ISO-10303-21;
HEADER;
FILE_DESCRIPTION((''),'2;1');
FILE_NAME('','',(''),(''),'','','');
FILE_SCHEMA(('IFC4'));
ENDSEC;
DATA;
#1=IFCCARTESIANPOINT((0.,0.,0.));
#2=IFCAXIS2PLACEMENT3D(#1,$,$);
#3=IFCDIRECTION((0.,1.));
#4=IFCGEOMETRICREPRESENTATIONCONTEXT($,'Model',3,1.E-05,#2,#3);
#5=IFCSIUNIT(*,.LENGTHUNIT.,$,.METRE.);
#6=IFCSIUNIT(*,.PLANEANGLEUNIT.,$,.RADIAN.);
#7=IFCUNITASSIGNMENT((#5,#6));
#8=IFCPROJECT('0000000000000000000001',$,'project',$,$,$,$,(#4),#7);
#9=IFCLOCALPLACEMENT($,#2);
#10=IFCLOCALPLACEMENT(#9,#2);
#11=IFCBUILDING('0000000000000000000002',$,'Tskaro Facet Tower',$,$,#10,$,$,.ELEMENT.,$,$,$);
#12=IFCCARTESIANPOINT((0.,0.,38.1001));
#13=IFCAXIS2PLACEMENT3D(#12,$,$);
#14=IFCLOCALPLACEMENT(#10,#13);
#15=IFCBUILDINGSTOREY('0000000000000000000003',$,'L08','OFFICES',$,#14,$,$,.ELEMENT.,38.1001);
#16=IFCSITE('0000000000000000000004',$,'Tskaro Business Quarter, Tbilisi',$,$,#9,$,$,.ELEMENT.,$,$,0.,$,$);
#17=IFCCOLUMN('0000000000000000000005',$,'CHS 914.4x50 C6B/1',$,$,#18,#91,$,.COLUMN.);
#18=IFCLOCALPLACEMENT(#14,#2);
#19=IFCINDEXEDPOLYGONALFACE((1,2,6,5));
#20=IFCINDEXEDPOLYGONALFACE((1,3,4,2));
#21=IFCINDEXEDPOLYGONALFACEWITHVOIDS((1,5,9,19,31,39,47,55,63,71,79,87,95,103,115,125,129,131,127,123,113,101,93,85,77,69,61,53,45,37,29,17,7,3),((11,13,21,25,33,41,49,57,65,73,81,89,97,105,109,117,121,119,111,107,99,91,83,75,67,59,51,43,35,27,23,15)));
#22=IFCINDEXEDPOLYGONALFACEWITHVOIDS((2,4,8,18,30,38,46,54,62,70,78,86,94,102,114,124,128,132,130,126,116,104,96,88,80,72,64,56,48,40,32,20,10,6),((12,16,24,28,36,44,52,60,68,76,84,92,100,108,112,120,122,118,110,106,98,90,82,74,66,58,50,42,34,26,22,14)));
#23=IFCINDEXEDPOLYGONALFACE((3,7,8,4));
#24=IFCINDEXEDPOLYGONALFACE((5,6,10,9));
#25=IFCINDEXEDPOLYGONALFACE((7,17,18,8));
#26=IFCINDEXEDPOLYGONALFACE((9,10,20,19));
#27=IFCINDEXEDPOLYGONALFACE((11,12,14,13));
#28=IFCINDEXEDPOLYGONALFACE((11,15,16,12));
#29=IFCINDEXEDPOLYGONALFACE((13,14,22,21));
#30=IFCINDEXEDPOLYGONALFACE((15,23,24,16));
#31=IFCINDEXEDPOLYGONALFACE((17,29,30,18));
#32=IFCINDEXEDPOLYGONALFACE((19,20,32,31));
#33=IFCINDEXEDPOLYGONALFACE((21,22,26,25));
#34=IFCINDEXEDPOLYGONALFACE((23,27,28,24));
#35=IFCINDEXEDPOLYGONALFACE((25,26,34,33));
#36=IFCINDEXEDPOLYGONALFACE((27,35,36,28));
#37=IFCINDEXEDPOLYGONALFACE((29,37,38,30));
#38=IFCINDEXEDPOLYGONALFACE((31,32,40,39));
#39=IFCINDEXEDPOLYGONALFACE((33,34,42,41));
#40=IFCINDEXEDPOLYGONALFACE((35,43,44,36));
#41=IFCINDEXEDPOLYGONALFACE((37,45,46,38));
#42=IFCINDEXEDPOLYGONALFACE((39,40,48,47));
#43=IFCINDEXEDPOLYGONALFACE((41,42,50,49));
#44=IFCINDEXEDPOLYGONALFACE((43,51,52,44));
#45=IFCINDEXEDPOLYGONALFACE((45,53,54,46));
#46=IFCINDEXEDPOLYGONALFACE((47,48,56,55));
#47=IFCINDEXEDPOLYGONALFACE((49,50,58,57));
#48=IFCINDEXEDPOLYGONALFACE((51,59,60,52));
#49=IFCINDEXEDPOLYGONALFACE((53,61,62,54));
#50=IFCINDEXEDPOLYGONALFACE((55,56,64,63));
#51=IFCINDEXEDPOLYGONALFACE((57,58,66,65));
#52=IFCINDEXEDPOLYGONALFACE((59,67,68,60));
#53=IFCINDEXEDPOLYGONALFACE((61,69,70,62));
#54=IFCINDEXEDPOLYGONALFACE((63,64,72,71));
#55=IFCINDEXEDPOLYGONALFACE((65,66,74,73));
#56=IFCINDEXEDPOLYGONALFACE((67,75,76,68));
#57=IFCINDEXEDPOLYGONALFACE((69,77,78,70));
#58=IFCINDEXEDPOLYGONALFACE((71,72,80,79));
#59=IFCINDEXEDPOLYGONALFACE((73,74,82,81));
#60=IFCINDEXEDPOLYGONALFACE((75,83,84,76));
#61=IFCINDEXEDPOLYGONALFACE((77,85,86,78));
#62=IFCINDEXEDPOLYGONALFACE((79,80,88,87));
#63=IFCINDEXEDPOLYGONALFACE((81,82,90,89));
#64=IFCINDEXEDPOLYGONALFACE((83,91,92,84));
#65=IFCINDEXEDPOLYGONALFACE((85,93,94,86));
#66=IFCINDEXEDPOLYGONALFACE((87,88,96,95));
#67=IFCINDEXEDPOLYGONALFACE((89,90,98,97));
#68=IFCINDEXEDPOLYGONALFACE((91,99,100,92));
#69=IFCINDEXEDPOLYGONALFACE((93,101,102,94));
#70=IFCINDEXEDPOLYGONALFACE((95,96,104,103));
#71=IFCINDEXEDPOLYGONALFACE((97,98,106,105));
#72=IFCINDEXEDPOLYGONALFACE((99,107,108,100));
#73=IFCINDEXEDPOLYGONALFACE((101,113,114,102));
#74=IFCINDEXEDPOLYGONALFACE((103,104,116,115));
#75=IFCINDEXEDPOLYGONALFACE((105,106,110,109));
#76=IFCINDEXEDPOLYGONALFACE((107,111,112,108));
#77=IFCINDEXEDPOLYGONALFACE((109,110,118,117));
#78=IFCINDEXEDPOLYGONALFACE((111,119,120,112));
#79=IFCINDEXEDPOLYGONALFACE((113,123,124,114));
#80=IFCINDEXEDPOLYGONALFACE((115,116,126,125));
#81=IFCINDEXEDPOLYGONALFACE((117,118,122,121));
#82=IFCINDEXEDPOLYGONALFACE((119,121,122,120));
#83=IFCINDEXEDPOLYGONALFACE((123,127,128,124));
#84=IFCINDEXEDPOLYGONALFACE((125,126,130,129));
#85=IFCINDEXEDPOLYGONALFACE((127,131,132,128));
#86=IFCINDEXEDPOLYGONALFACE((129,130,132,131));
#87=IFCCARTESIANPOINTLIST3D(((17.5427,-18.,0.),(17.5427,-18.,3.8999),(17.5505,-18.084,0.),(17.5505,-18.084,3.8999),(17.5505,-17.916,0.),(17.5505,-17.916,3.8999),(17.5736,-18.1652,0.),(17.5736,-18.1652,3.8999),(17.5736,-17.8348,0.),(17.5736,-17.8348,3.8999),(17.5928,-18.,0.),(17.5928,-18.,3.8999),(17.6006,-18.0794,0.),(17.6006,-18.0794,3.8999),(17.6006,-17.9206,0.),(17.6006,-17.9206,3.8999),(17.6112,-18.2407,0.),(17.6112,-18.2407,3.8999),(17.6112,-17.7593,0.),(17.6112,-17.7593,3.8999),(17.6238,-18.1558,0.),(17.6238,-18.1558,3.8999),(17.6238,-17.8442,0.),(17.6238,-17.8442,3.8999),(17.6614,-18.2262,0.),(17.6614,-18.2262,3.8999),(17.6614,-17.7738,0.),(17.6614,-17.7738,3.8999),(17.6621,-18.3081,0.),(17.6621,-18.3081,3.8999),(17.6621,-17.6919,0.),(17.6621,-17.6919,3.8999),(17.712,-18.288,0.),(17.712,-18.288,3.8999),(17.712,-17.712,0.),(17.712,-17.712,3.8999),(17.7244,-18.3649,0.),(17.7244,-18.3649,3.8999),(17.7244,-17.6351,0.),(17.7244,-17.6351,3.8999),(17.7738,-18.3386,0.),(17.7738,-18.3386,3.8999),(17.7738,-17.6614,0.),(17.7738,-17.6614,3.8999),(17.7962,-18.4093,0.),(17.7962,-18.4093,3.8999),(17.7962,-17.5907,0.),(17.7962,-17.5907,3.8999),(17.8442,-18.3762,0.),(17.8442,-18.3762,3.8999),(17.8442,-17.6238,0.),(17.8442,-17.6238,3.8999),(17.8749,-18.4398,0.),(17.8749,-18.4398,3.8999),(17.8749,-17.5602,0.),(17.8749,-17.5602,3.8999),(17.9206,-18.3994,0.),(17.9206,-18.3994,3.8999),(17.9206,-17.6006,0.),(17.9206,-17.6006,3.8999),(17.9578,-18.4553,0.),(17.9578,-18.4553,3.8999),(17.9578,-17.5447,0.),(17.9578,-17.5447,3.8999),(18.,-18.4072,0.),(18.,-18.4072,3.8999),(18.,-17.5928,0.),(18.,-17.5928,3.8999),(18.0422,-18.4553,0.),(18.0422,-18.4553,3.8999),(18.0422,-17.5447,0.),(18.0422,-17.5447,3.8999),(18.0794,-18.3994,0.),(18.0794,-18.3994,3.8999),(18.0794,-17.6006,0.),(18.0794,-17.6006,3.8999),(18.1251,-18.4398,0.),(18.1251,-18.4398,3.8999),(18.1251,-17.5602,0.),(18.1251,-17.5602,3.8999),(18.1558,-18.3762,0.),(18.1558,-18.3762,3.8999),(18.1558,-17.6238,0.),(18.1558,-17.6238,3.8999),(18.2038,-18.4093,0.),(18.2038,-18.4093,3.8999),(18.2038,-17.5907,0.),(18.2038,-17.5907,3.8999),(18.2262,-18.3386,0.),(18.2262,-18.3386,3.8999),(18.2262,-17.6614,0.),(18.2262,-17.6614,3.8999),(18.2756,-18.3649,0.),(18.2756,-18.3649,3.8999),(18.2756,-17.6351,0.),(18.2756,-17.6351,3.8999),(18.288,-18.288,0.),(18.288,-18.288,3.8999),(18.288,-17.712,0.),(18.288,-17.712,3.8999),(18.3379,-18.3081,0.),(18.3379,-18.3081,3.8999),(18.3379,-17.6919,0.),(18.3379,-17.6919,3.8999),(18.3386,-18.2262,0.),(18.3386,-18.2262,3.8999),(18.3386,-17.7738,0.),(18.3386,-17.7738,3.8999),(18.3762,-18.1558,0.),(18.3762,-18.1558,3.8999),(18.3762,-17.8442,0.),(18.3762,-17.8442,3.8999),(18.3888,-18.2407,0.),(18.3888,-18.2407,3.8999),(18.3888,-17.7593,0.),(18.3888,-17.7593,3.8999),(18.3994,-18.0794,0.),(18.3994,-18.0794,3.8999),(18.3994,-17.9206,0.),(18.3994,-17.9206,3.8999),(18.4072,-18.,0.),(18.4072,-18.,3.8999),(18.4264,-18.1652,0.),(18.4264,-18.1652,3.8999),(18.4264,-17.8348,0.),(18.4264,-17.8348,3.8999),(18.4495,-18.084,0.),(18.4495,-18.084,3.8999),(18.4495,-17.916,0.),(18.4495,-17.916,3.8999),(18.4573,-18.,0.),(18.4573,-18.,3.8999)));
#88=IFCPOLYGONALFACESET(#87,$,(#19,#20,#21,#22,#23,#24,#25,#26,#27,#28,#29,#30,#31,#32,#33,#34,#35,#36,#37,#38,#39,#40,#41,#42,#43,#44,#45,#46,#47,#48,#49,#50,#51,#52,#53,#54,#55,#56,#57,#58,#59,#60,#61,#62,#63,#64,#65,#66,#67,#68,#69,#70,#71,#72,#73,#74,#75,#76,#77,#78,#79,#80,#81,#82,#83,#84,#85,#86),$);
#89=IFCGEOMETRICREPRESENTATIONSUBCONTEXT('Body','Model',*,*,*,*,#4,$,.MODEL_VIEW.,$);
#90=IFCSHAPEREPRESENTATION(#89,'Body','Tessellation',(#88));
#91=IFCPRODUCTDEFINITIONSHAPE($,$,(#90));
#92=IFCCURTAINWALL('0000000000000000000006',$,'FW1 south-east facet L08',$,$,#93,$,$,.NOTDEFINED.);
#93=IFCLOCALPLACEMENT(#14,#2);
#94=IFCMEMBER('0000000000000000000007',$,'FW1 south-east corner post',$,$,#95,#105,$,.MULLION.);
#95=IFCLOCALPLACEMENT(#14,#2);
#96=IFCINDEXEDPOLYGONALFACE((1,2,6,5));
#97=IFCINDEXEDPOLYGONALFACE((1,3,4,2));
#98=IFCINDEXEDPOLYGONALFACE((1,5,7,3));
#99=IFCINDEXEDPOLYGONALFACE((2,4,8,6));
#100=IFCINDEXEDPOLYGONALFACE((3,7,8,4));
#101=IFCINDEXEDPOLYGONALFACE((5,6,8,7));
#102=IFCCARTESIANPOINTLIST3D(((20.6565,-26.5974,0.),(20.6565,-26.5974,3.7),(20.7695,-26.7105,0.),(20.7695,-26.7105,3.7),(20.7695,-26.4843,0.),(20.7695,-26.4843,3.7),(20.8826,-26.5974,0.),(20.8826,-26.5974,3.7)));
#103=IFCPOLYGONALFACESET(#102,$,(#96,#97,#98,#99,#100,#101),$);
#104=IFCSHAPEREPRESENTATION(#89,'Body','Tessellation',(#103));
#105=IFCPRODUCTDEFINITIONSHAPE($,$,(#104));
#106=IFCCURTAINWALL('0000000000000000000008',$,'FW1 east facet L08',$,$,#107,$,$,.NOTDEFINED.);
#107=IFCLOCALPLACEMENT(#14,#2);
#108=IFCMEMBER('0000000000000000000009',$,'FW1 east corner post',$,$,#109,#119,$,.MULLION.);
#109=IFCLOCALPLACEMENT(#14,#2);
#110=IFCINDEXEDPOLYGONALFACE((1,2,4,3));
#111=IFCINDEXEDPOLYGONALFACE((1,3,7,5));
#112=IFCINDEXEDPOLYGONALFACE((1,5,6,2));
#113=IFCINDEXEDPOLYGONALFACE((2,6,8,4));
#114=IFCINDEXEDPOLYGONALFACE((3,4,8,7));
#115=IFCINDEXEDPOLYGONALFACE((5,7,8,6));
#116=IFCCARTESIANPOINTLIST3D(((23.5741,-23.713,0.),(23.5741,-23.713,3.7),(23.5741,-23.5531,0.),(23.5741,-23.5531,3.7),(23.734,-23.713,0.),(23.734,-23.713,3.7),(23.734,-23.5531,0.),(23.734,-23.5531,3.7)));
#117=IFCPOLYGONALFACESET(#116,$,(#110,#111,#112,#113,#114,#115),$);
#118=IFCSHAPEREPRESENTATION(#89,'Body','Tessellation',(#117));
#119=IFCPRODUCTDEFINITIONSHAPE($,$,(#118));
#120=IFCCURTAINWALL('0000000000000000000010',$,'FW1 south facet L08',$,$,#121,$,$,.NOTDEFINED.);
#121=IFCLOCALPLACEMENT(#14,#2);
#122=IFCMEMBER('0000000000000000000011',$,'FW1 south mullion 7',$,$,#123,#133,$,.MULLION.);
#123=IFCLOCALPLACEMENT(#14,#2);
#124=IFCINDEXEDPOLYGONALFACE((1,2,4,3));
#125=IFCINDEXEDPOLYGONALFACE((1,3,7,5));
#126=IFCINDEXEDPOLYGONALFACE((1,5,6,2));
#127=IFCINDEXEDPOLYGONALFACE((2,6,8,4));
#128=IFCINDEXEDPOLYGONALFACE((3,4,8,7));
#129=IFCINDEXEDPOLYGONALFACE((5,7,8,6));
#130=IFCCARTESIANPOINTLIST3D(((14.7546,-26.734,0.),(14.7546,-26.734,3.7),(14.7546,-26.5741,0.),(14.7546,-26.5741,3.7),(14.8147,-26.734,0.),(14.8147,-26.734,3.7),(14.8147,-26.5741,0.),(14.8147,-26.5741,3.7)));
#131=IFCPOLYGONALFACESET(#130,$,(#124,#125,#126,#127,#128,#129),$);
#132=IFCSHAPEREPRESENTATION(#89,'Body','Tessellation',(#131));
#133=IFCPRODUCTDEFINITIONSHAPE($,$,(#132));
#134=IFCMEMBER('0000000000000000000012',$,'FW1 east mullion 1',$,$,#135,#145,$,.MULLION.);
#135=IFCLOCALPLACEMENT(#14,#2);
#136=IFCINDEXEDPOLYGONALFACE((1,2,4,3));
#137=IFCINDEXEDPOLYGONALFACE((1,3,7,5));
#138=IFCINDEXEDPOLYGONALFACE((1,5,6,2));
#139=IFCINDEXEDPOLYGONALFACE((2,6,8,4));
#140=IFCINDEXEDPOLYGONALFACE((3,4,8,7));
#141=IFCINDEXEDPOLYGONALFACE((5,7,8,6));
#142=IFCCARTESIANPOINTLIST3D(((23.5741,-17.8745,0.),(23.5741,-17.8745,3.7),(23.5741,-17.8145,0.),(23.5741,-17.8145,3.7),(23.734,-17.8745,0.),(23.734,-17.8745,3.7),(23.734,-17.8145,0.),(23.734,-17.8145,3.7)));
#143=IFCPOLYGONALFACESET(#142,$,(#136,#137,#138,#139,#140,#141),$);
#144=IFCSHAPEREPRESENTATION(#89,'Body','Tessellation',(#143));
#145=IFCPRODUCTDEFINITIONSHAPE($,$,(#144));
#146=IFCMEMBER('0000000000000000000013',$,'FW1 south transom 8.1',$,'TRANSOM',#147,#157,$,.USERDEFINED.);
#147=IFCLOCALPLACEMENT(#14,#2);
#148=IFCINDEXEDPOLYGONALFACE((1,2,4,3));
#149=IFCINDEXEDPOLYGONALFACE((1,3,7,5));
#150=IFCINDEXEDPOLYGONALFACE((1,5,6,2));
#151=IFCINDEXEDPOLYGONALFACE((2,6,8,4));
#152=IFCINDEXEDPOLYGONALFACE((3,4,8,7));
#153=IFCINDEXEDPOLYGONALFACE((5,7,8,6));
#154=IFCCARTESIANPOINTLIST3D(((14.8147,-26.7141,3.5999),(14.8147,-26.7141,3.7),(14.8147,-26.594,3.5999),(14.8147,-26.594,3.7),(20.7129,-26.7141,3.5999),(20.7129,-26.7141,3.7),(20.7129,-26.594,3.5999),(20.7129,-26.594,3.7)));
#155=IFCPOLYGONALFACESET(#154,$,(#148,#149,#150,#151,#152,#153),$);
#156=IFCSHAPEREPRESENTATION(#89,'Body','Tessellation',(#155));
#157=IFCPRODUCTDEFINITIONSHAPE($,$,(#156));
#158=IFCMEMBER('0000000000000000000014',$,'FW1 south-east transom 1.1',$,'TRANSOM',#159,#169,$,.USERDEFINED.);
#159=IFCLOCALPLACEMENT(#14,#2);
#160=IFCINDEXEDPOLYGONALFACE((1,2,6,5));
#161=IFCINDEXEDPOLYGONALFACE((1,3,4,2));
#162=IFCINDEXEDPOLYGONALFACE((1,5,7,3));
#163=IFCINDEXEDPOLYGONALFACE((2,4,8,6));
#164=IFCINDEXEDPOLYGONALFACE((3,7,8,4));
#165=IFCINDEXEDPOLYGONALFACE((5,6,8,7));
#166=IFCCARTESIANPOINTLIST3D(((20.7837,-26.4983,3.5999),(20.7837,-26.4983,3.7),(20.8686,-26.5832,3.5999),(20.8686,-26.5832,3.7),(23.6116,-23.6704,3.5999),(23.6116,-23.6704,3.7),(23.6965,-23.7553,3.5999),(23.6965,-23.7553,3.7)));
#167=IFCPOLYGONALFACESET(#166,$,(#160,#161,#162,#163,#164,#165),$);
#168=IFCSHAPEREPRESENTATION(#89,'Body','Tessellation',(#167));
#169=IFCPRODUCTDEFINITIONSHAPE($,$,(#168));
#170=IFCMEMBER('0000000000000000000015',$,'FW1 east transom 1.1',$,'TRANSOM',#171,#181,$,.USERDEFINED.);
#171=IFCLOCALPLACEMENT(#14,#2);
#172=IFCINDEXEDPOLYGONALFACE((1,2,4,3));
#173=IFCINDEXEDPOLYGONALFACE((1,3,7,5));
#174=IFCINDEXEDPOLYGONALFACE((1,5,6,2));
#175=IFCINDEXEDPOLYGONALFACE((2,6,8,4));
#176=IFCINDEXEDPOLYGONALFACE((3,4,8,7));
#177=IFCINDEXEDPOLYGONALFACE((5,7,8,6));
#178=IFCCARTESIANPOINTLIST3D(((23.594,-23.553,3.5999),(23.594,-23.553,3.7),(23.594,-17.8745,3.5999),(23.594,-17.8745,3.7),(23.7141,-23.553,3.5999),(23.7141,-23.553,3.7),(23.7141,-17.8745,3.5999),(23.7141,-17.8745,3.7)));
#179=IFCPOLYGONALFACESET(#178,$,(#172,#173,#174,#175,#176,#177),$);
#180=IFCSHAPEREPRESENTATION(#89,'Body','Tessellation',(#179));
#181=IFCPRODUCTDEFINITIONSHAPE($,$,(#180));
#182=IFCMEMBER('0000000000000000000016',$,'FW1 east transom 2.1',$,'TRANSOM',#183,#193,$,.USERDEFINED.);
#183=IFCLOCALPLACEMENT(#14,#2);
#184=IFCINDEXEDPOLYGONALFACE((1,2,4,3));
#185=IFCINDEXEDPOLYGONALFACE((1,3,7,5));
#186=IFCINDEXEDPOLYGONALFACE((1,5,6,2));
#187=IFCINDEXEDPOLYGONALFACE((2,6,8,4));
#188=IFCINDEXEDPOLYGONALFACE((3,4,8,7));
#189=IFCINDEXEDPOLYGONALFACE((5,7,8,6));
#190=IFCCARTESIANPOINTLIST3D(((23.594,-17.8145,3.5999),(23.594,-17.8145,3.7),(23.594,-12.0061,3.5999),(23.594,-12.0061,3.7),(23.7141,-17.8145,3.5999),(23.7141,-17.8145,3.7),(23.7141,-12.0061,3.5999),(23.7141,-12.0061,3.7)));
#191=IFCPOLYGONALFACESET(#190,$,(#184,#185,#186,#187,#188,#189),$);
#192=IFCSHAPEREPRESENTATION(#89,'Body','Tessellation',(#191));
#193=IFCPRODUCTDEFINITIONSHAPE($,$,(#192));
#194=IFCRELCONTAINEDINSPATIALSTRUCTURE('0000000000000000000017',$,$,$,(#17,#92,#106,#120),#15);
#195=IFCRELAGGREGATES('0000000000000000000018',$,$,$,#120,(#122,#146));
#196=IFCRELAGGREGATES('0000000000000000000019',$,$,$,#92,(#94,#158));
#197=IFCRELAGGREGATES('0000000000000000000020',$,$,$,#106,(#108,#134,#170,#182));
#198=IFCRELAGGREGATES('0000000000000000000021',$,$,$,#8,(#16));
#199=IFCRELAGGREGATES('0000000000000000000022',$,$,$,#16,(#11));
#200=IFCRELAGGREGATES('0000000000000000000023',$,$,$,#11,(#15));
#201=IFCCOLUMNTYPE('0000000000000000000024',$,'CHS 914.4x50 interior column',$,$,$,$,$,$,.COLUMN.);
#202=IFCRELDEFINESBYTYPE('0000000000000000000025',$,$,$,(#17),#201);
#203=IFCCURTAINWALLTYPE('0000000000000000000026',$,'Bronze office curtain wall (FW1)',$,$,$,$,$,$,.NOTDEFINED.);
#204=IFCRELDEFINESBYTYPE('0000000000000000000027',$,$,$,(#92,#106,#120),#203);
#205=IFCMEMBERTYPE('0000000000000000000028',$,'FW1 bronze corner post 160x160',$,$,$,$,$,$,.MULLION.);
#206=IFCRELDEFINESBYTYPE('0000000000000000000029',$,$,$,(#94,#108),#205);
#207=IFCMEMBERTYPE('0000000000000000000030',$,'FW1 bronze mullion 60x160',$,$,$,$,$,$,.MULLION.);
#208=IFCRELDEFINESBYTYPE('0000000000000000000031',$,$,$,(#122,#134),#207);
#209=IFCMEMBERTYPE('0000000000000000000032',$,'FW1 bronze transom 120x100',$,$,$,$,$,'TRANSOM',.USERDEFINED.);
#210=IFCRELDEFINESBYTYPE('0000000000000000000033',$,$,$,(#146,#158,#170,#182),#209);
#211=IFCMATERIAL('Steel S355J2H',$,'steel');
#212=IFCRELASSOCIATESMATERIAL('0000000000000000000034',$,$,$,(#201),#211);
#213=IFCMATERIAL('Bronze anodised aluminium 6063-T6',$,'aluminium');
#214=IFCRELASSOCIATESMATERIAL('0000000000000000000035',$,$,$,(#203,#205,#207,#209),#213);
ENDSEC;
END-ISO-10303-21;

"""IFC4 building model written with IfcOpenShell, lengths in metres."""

from ifc_helpers import new_model, si_unit, direction, frame, origin, origin_2d, place, context, subcontext, project, spatial, rectangle, hollow_circle, extrude, material, material_profile, profile_set, type_object, element, aggregate, save


model = new_model("IFC4")

# Units and contexts
model_context = context("Model", 3, precision=1e-05, world=origin(), true_north=direction((0.0, 1.0)))
body_context = subcontext(model_context, "Body", "Model", "MODEL_VIEW")
ifc_project = project(units=[si_unit("LENGTHUNIT", "METRE"), si_unit("PLANEANGLEUNIT", "RADIAN")], contexts=[model_context])

# Site, building, storey
site_placement = place(None, origin())
site = spatial("IfcSite", under=ifc_project, at=site_placement, Name="Tskaro Business Quarter, Tbilisi", CompositionType="ELEMENT", RefElevation=0.0)
building_placement = place(site_placement, origin())
building = spatial("IfcBuilding", under=site, at=building_placement, Name="Tskaro Facet Tower", CompositionType="ELEMENT")
storey_placement = place(building_placement, frame((0.0, 0.0, 38.1001)))
storey = spatial("IfcBuildingStorey", under=building, at=storey_placement, Name="L08", Description="OFFICES", CompositionType="ELEMENT", Elevation=38.1001)

# Column
ifc_material_1 = material(Name="Steel S355J2H", Category="steel")
ifc_material_profile_1 = material_profile(ifc_material_1, hollow_circle(Radius=0.4573, WallThickness=0.05, at=origin_2d()), Name="CHS 914.4x50")
ifc_profile_set_1 = profile_set([ifc_material_profile_1], Name="Steel S355J2H")
column_type_1 = type_object("IfcColumnType", Name="CHS 914.4x50 interior column", PredefinedType="COLUMN", material=ifc_profile_set_1)
column_placement = place(storey_placement, frame((18.0, -18.0, 0.0), z_axis=(0.0, 0.0, 1.0), x_axis=(1.0, 0.0, 0.0)))
element("IfcColumn", 1, at=column_placement, inside=storey, type_object=column_type_1, Name="CHS 914.4x50 C6B/1", PredefinedType="COLUMN", context=body_context, shape_type="SweptSolid", body=[
    extrude(hollow_circle(Radius=0.4573, WallThickness=0.05, at=origin_2d()), origin(), (0.0, 0.0, 1.0), 3.8999),
])

# Curtain walls, members
ifc_material_2 = material(Name="Bronze anodised aluminium 6063-T6", Category="aluminium")
curtain_wall_type = type_object("IfcCurtainWallType", Name="Bronze office curtain wall (FW1)", PredefinedType="NOTDEFINED", material=ifc_material_2)
curtain_wall_1_placement = place(storey_placement, origin())
curtain_wall_1 = element("IfcCurtainWall", 2, at=curtain_wall_1_placement, inside=storey, type_object=curtain_wall_type, Name="FW1 south-east facet L08", PredefinedType="NOTDEFINED")
ifc_material_profile_2 = material_profile(ifc_material_2, rectangle(XDim=0.1599, YDim=0.1599, at=origin_2d()), Name="Corner post 160x160")
ifc_profile_set_2 = profile_set([ifc_material_profile_2], Name="Bronze anodised aluminium 6063-T6")
member_type_1 = type_object("IfcMemberType", Name="FW1 bronze corner post 160x160", PredefinedType="MULLION", material=ifc_profile_set_2)
member_1_placement = place(storey_placement, frame((20.7695, -26.5974, 0.0), z_axis=(0.0, 0.0, 1.0), x_axis=(0.707107, 0.707107, 0.0)))
member_1 = element("IfcMember", 3, at=member_1_placement, type_object=member_type_1, Name="FW1 south-east corner post", PredefinedType="MULLION", context=body_context, shape_type="SweptSolid", body=[
    extrude(rectangle(XDim=0.1599, YDim=0.1599, at=origin_2d()), origin(), (0.0, 0.0, 1.0), 3.7),
])
curtain_wall_2_placement = place(storey_placement, origin())
curtain_wall_2 = element("IfcCurtainWall", 4, at=curtain_wall_2_placement, inside=storey, type_object=curtain_wall_type, Name="FW1 east facet L08", PredefinedType="NOTDEFINED")
member_2_placement = place(storey_placement, frame((23.6541, -23.6331, 0.0), z_axis=(0.0, 0.0, 1.0), x_axis=(0.0, 1.0, 0.0)))
member_2 = element("IfcMember", 5, at=member_2_placement, type_object=member_type_1, Name="FW1 east corner post", PredefinedType="MULLION", context=body_context, shape_type="SweptSolid", body=[
    extrude(rectangle(XDim=0.1599, YDim=0.1599, at=origin_2d()), origin(), (0.0, 0.0, 1.0), 3.7),
])
curtain_wall_3_placement = place(storey_placement, origin())
curtain_wall_3 = element("IfcCurtainWall", 6, at=curtain_wall_3_placement, inside=storey, type_object=curtain_wall_type, Name="FW1 south facet L08", PredefinedType="NOTDEFINED")
ifc_material_profile_3 = material_profile(ifc_material_2, rectangle(XDim=0.0601, YDim=0.1599, at=origin_2d()), Name="Mullion 60x160")
ifc_profile_set_3 = profile_set([ifc_material_profile_3], Name="Bronze anodised aluminium 6063-T6")
member_type_2 = type_object("IfcMemberType", Name="FW1 bronze mullion 60x160", PredefinedType="MULLION", material=ifc_profile_set_3)
member_3_placement = place(storey_placement, frame((14.7847, -26.6541, 0.0), z_axis=(0.0, 0.0, 1.0), x_axis=(1.0, 0.0, 0.0)))
member_3 = element("IfcMember", 7, at=member_3_placement, type_object=member_type_2, Name="FW1 south mullion 7", PredefinedType="MULLION", context=body_context, shape_type="SweptSolid", body=[
    extrude(rectangle(XDim=0.0601, YDim=0.1599, at=origin_2d()), origin(), (0.0, 0.0, 1.0), 3.7),
])

# Members
member_4_placement = place(storey_placement, frame((23.6541, -17.8445, 0.0), z_axis=(0.0, 0.0, 1.0), x_axis=(0.0, 1.0, 0.0)))
member_4 = element("IfcMember", 8, at=member_4_placement, type_object=member_type_2, Name="FW1 east mullion 1", PredefinedType="MULLION", context=body_context, shape_type="SweptSolid", body=[
    extrude(rectangle(XDim=0.0601, YDim=0.1599, at=origin_2d()), origin(), (0.0, 0.0, 1.0), 3.7),
])
ifc_material_profile_4 = material_profile(ifc_material_2, rectangle(XDim=0.1201, YDim=0.1001, at=origin_2d()), Name="Transom 120x100")
ifc_profile_set_4 = profile_set([ifc_material_profile_4], Name="Bronze anodised aluminium 6063-T6")
member_type_3 = type_object("IfcMemberType", Name="FW1 bronze transom 120x100", ElementType="TRANSOM", PredefinedType="USERDEFINED", material=ifc_profile_set_4)
member_5_placement = place(storey_placement, frame((14.8147, -26.6541, 3.6499), z_axis=(1.0, 0.0, 0.0), x_axis=(0.0, 1.0, 0.0)))
member_5 = element("IfcMember", 9, at=member_5_placement, type_object=member_type_3, Name="FW1 south transom 8.1", ObjectType="TRANSOM", PredefinedType="USERDEFINED", context=body_context, shape_type="SweptSolid", body=[
    extrude(rectangle(XDim=0.1201, YDim=0.1001, at=origin_2d()), origin(), (0.0, 0.0, 1.0), 5.8982),
])
member_6_placement = place(storey_placement, frame((20.8262, -26.5408, 3.6499), z_axis=(0.707107, 0.707107, 0.0), x_axis=(-0.707107, 0.707107, 0.0)))
member_6 = element("IfcMember", 10, at=member_6_placement, type_object=member_type_3, Name="FW1 south-east transom 1.1", ObjectType="TRANSOM", PredefinedType="USERDEFINED", context=body_context, shape_type="SweptSolid", body=[
    extrude(rectangle(XDim=0.1201, YDim=0.1001, at=origin_2d()), origin(), (0.0, 0.0, 1.0), 3.9993),
])
member_7_placement = place(storey_placement, frame((23.6541, -23.553, 3.6499), z_axis=(0.0, 1.0, 0.0), x_axis=(-1.0, 0.0, 0.0)))
member_7 = element("IfcMember", 11, at=member_7_placement, type_object=member_type_3, Name="FW1 east transom 1.1", ObjectType="TRANSOM", PredefinedType="USERDEFINED", context=body_context, shape_type="SweptSolid", body=[
    extrude(rectangle(XDim=0.1201, YDim=0.1001, at=origin_2d()), origin(), (0.0, 0.0, 1.0), 5.6785),
])
member_8_placement = place(storey_placement, frame((23.6541, -17.8145, 3.6499), z_axis=(0.0, 1.0, 0.0), x_axis=(-1.0, 0.0, 0.0)))
member_8 = element("IfcMember", 12, at=member_8_placement, type_object=member_type_3, Name="FW1 east transom 2.1", ObjectType="TRANSOM", PredefinedType="USERDEFINED", context=body_context, shape_type="SweptSolid", body=[
    extrude(rectangle(XDim=0.1201, YDim=0.1001, at=origin_2d()), origin(), (0.0, 0.0, 1.0), 5.8083),
])

aggregate(curtain_wall_3, [member_3, member_5])
aggregate(curtain_wall_1, [member_1, member_6])
aggregate(curtain_wall_2, [member_2, member_4, member_7, member_8])

save(model, "model.ifc")
